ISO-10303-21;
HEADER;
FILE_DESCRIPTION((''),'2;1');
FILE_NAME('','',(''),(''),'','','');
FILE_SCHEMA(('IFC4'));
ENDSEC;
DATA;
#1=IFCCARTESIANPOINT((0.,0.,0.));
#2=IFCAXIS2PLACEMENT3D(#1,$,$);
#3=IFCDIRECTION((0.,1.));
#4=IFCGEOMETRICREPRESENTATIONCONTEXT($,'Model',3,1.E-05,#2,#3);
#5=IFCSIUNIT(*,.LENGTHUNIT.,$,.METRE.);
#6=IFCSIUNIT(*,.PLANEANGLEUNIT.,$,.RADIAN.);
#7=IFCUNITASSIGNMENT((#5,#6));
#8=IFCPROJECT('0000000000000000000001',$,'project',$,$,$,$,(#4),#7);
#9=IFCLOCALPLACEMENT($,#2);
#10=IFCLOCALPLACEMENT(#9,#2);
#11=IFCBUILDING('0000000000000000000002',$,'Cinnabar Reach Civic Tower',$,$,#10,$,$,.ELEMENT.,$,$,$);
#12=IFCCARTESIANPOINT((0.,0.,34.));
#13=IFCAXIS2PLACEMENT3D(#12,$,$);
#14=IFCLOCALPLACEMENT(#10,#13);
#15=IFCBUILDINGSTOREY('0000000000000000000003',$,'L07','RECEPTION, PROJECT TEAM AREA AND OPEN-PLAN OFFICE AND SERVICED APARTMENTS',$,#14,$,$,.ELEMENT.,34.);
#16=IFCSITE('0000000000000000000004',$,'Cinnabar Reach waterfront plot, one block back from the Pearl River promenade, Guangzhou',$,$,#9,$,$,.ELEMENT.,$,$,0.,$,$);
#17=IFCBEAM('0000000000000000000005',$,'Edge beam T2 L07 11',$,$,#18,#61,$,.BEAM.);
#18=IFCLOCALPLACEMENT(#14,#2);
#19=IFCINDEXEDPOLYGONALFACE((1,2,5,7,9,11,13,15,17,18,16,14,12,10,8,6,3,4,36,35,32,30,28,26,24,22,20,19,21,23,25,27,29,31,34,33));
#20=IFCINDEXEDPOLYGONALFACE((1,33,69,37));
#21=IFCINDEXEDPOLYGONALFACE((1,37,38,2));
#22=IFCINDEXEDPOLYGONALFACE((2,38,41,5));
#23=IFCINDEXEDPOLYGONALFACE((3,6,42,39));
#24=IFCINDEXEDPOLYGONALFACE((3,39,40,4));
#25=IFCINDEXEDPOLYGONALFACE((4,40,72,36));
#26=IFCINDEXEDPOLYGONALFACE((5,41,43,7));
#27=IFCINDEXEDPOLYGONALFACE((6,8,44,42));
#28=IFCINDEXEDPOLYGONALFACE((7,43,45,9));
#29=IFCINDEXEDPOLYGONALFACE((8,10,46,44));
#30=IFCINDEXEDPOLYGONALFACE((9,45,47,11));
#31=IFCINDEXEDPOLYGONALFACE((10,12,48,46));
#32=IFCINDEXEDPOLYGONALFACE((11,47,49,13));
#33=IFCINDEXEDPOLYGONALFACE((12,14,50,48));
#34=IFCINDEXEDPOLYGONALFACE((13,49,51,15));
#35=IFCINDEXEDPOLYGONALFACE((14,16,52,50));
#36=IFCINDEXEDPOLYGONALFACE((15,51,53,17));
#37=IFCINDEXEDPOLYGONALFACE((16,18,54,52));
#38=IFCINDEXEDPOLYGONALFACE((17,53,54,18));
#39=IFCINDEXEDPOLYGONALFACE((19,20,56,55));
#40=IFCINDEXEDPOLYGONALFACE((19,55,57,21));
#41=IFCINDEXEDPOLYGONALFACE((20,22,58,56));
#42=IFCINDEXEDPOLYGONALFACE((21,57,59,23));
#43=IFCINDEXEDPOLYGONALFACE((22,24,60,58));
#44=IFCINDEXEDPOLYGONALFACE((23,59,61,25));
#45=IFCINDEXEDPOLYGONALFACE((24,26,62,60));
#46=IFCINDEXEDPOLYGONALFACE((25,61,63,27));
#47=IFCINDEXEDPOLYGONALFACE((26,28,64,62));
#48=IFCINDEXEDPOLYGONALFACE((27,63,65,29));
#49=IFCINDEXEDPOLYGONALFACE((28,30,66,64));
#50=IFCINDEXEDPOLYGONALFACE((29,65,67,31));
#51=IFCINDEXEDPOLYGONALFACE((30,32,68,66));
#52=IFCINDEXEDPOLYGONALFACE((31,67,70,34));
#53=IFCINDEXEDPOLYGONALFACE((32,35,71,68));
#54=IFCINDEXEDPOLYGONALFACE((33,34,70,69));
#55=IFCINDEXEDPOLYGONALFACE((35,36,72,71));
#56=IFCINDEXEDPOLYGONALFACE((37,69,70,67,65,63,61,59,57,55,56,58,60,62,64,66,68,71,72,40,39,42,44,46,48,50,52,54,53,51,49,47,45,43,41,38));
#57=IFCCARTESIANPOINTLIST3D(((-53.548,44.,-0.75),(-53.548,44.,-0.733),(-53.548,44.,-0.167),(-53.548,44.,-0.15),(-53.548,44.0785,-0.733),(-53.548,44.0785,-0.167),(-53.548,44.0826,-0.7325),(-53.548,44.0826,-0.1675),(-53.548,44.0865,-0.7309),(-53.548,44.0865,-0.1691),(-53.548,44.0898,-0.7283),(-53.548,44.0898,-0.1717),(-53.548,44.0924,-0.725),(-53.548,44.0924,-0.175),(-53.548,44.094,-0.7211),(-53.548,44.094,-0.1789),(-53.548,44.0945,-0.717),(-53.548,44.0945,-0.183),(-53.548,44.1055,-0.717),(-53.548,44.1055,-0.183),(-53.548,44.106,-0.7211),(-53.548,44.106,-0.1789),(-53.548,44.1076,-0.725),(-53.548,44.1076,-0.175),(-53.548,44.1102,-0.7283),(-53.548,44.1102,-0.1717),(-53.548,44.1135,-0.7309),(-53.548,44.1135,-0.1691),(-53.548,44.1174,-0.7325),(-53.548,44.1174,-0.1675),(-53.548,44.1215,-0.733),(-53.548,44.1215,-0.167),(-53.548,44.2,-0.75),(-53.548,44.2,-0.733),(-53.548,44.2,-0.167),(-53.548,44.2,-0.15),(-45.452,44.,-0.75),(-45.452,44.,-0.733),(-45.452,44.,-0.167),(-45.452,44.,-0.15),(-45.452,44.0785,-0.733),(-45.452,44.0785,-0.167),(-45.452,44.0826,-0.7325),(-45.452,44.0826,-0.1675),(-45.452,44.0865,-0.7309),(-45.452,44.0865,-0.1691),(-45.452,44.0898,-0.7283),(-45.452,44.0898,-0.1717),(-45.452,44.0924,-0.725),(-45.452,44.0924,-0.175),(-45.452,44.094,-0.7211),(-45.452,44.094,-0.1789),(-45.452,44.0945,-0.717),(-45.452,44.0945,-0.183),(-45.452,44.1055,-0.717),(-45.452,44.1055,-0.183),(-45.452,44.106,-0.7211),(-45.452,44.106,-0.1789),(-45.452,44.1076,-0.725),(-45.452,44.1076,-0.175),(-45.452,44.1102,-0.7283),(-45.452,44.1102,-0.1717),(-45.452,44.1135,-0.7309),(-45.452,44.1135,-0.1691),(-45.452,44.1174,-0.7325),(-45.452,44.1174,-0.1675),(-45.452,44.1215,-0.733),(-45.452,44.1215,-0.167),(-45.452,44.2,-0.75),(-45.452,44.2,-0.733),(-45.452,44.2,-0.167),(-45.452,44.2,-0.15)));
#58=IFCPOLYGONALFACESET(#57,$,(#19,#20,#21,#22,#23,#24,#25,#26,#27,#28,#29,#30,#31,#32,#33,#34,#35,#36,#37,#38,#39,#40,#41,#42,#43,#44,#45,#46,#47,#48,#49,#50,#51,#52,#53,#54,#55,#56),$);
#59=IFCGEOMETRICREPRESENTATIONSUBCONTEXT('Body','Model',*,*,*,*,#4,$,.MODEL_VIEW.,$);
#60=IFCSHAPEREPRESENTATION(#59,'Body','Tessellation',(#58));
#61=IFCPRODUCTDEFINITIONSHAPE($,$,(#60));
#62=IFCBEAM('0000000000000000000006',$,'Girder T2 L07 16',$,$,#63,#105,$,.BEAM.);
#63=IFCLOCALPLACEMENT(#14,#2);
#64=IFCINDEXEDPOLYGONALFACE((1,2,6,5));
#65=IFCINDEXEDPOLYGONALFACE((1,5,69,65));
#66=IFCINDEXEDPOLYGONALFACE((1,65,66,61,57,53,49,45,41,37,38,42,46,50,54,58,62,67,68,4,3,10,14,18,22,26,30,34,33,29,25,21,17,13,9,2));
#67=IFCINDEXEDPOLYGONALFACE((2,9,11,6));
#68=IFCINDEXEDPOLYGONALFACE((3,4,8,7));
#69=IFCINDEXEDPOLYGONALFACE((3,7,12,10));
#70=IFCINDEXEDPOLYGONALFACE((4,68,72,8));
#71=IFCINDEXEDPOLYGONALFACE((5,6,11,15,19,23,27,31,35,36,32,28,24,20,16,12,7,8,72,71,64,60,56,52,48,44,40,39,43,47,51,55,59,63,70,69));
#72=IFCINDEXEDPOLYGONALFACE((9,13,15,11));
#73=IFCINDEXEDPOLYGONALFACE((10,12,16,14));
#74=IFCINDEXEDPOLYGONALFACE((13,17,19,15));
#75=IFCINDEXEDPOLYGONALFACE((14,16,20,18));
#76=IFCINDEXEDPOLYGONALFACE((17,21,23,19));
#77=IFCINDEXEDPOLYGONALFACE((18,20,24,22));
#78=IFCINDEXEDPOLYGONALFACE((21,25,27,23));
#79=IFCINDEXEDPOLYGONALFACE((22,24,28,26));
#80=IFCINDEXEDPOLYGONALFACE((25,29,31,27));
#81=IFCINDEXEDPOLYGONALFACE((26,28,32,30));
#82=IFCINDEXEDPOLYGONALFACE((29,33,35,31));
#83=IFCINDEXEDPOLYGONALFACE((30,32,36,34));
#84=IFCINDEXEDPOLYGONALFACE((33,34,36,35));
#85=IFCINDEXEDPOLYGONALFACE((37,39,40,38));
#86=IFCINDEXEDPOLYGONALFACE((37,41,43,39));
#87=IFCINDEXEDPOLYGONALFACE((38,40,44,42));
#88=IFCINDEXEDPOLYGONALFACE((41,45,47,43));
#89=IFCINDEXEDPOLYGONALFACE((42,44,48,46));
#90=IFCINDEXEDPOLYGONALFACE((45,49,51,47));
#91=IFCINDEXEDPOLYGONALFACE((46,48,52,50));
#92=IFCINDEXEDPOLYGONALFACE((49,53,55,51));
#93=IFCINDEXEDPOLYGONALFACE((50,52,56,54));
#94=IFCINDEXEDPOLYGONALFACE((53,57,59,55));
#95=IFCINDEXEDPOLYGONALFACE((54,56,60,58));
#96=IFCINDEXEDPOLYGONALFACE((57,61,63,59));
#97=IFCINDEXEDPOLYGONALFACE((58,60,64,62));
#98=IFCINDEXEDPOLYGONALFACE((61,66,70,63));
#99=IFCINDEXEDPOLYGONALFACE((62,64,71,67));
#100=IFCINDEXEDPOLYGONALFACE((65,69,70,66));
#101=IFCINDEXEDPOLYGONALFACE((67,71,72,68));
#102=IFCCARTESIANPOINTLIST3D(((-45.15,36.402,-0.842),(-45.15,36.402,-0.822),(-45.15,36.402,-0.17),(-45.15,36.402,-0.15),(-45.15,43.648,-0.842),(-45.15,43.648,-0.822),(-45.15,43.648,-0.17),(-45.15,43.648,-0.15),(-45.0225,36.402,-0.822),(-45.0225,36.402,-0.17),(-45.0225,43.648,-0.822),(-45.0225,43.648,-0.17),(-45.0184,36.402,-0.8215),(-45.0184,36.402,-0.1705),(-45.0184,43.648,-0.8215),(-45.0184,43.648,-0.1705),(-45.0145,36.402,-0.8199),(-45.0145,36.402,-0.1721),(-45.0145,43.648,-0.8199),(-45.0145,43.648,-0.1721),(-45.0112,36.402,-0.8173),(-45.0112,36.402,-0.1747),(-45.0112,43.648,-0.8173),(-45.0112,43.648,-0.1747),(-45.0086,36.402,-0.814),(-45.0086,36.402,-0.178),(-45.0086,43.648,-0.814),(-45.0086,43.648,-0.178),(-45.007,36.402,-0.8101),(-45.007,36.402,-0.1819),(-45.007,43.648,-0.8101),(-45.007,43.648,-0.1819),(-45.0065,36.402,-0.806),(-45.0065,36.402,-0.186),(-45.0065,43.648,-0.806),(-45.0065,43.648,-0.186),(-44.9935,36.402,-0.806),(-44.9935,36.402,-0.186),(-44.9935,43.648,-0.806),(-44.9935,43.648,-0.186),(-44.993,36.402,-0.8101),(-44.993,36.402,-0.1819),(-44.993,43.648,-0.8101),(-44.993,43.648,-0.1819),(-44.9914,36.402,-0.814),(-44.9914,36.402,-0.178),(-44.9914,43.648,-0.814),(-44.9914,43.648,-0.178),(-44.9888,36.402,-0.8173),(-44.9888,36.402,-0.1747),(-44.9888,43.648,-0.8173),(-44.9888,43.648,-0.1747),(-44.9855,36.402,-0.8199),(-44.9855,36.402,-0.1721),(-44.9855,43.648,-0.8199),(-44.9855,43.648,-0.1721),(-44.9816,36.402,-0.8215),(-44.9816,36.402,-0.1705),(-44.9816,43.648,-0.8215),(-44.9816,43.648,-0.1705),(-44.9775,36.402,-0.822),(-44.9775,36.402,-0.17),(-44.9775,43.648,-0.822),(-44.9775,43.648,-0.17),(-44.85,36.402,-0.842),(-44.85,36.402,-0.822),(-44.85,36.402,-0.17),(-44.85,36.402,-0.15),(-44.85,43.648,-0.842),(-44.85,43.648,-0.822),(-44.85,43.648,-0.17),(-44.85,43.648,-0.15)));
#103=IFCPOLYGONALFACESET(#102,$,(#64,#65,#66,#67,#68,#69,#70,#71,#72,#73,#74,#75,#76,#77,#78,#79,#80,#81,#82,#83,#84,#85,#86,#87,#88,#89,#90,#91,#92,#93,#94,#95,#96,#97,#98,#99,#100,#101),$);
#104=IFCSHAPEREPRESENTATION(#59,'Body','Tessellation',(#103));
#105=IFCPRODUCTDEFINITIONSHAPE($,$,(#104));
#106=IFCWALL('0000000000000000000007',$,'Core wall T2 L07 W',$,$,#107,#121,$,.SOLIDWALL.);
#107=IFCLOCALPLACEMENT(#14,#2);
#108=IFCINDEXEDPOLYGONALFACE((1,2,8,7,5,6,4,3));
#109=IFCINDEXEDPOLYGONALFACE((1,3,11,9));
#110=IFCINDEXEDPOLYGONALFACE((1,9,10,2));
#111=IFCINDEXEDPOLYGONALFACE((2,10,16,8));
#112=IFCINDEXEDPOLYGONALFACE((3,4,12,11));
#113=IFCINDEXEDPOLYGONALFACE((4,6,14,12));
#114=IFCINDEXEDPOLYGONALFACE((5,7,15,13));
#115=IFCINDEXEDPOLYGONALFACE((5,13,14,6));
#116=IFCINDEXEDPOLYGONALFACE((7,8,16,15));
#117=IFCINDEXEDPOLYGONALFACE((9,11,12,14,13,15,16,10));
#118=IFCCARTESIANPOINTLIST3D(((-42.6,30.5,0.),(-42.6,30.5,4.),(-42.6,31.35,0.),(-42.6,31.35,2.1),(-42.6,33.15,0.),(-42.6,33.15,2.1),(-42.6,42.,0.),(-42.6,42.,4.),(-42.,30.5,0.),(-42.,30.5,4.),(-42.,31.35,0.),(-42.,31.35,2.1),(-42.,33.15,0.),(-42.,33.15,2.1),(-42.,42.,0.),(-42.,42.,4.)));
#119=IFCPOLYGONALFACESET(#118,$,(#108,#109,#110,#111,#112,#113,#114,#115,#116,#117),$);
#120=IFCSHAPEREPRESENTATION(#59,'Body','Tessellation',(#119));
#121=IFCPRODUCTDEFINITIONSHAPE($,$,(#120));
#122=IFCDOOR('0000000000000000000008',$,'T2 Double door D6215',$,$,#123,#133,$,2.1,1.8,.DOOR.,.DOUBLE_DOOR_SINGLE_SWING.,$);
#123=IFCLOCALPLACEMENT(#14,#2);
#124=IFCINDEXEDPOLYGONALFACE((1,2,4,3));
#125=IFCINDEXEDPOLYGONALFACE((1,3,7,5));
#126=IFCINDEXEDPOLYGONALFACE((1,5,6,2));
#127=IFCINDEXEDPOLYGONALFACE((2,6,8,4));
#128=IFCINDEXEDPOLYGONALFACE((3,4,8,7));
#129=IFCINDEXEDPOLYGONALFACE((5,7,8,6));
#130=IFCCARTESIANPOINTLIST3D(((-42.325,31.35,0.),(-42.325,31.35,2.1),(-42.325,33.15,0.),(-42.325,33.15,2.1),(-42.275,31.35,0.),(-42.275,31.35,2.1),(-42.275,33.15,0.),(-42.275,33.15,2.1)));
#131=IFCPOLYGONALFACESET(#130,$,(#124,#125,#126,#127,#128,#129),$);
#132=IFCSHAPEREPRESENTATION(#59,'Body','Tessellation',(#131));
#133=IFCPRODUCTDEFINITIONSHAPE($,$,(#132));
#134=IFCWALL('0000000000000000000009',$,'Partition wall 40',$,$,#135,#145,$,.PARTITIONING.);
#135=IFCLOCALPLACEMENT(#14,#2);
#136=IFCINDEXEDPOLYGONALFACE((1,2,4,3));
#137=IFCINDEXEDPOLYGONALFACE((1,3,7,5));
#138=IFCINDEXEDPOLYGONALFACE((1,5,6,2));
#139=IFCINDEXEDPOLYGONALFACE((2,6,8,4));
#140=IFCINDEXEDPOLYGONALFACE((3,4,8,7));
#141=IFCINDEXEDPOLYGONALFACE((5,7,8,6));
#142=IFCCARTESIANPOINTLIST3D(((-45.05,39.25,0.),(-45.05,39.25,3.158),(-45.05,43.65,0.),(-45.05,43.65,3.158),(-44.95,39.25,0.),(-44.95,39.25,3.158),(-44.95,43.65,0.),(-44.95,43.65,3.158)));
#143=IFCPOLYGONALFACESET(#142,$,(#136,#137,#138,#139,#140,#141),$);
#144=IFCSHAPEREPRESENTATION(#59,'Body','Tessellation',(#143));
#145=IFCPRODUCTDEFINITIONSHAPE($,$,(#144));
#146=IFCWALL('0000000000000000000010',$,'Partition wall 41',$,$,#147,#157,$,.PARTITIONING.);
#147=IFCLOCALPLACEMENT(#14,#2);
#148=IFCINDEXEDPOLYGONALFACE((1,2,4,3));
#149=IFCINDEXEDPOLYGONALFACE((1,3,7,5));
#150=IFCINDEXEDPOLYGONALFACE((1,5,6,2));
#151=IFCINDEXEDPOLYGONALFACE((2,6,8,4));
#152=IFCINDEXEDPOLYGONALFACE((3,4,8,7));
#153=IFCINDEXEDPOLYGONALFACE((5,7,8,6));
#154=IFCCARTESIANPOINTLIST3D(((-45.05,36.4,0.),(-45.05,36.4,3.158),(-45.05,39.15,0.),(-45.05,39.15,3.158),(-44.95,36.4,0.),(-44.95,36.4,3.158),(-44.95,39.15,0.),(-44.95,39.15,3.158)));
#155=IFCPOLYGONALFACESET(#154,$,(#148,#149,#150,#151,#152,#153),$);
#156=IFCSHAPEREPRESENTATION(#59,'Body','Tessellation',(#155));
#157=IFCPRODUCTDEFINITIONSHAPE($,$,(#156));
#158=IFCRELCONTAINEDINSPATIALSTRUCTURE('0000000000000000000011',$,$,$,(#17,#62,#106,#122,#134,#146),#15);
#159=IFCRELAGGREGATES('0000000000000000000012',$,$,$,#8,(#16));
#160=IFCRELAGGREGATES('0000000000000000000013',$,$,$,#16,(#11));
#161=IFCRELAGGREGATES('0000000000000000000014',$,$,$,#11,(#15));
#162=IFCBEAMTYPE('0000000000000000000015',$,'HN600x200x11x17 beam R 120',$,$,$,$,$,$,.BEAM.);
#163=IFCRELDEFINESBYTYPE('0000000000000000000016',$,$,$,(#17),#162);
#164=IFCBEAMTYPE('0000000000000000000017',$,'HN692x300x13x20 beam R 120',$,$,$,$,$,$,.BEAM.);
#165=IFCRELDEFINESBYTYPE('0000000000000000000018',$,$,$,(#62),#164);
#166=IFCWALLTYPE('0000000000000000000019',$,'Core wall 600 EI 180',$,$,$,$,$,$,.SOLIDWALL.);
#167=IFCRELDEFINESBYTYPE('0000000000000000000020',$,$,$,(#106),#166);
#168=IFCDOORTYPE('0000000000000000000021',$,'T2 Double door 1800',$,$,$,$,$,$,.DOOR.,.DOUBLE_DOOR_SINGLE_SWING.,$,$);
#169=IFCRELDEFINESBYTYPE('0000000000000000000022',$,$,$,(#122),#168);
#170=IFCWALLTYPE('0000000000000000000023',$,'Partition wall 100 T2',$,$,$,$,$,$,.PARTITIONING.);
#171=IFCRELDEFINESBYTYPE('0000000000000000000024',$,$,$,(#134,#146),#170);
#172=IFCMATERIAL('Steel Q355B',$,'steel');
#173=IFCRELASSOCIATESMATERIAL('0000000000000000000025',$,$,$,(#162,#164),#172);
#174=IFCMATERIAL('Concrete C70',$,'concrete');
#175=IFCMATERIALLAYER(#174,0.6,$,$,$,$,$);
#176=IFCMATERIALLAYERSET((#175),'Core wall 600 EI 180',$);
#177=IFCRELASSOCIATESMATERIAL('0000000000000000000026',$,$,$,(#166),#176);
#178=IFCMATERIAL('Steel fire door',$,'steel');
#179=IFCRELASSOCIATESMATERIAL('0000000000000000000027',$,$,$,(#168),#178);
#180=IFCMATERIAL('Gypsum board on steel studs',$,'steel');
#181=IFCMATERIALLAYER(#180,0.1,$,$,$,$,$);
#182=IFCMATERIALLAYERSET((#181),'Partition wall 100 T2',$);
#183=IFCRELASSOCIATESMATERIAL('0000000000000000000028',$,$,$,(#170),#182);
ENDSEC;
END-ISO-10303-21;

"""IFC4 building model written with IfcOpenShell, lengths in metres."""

from ifc_helpers import new_model, si_unit, direction, frame, frame_2d, origin, origin_2d, place, context, subcontext, project, spatial, rectangle, i_section, extrude, material, layer, layer_set, material_profile, profile_set, type_object, element, fill, save


model = new_model("IFC4")

# Units and contexts
model_context = context("Model", 3, precision=1e-05, world=origin(), true_north=direction((0.0, 1.0)))
body_context = subcontext(model_context, "Body", "Model", "MODEL_VIEW")
ifc_project = project(units=[si_unit("LENGTHUNIT", "METRE"), si_unit("PLANEANGLEUNIT", "RADIAN")], contexts=[model_context])

# Site, building, storey
site_placement = place(None, origin())
site = spatial("IfcSite", under=ifc_project, at=site_placement, Name="Cinnabar Reach waterfront plot, one block back from the Pearl River promenade, Guangzhou", CompositionType="ELEMENT", RefElevation=0.0)
building_placement = place(site_placement, origin())
building = spatial("IfcBuilding", under=site, at=building_placement, Name="Cinnabar Reach Civic Tower", CompositionType="ELEMENT")
storey_placement = place(building_placement, frame((0.0, 0.0, 34.0)))
storey = spatial("IfcBuildingStorey", under=building, at=storey_placement, Name="L07", Description="RECEPTION, PROJECT TEAM AREA AND OPEN-PLAN OFFICE AND SERVICED APARTMENTS", CompositionType="ELEMENT", Elevation=34.0)

# Shared definitions
ifc_material_1 = material(Name="Concrete C70", Category="concrete")

# Beams
ifc_material_2 = material(Name="Steel Q355B", Category="steel")
ifc_material_profile_1 = material_profile(ifc_material_2, i_section(OverallWidth=0.2, OverallDepth=0.6, WebThickness=0.011, FlangeThickness=0.017, FilletRadius=0.016, at=origin_2d()), Name="HN600x200x11x17")
ifc_profile_set_1 = profile_set([ifc_material_profile_1], Name="Steel Q355B")
beam_type_1 = type_object("IfcBeamType", Name="HN600x200x11x17 beam R 120", PredefinedType="BEAM", material=ifc_profile_set_1)
for number, where, z_axis, x_axis, name in (
    (1, (-45.452, 44.1, -0.45), (-1.0, 0.0, 0.0), (0.0, -1.0, 0.0), "Edge beam T2 L07 11"),
):
    element("IfcBeam", number, at=place(storey_placement, frame(where, z_axis=z_axis, x_axis=x_axis)), inside=storey, type_object=beam_type_1, Name=name, PredefinedType="BEAM", context=body_context, shape_type="SweptSolid", body=[
        extrude(i_section(OverallWidth=0.2, OverallDepth=0.6, WebThickness=0.011, FlangeThickness=0.017, FilletRadius=0.016, at=origin_2d()), origin(), (0.0, 0.0, 1.0), 8.096),
    ])
ifc_material_profile_2 = material_profile(ifc_material_2, i_section(OverallWidth=0.3, OverallDepth=0.692, WebThickness=0.013, FlangeThickness=0.02, FilletRadius=0.016, at=origin_2d()), Name="HN692x300x13x20")
ifc_profile_set_2 = profile_set([ifc_material_profile_2], Name="Steel Q355B")
beam_type_2 = type_object("IfcBeamType", Name="HN692x300x13x20 beam R 120", PredefinedType="BEAM", material=ifc_profile_set_2)
beam_1_placement = place(storey_placement, frame((-45.0, 36.402, -0.496), z_axis=(0.0, 1.0, 0.0), x_axis=(-1.0, 0.0, 0.0)))
element("IfcBeam", 2, at=beam_1_placement, inside=storey, type_object=beam_type_2, Name="Girder T2 L07 16", PredefinedType="BEAM", context=body_context, shape_type="SweptSolid", body=[
    extrude(i_section(OverallWidth=0.3, OverallDepth=0.692, WebThickness=0.013, FlangeThickness=0.02, FilletRadius=0.016, at=origin_2d()), origin(), (0.0, 0.0, 1.0), 7.246),
])

# Wall, opening, door
ifc_layer_1 = layer(ifc_material_1, 0.6)
ifc_layer_set_1 = layer_set([ifc_layer_1], Name="Core wall 600 EI 180")
wall_type_1 = type_object("IfcWallType", Name="Core wall 600 EI 180", PredefinedType="SOLIDWALL", material=ifc_layer_set_1)
wall_1_placement = place(storey_placement, frame((-42.3, 42.0, 0.0), z_axis=(0.0, 0.0, 1.0), x_axis=(0.0, -1.0, 0.0)))
wall_1 = element("IfcWall", 3, at=wall_1_placement, inside=storey, type_object=wall_type_1, Name="Core wall T2 L07 W", PredefinedType="SOLIDWALL", context=body_context, shape_type="SweptSolid", body=[
    extrude(rectangle(XDim=11.5, YDim=0.6, at=frame_2d((5.75, 0.0))), origin(), (0.0, 0.0, 1.0), 4.0),
])
opening_1_placement = place(wall_1_placement, frame((8.85, 0.0, 0.0)))
opening_1 = element("IfcOpeningElement", 4, at=opening_1_placement, cuts=wall_1, PredefinedType="OPENING", context=body_context, shape_type="SweptSolid", body=[
    extrude(rectangle(XDim=1.8, YDim=2.1, at=frame_2d((0.9, 1.05))), frame((0.0, 0.31, 0.0), z_axis=(0.0, -1.0, 0.0), x_axis=(1.0, 0.0, 0.0)), (0.0, 0.0, 1.0), 0.62),
])
ifc_material_3 = material(Name="Steel fire door", Category="steel")
door_type_1 = type_object("IfcDoorType", Name="T2 Double door 1800", OperationType="DOUBLE_DOOR_SINGLE_SWING", PredefinedType="DOOR", material=ifc_material_3)
door_1_placement = place(opening_1_placement, frame((1.8, 0.0, 0.0), z_axis=(0.0, 0.0, 1.0), x_axis=(-1.0, 0.0, 0.0)))
door_1 = element("IfcDoor", 5, at=door_1_placement, inside=storey, type_object=door_type_1, Name="T2 Double door D6215", OperationType="DOUBLE_DOOR_SINGLE_SWING", OverallHeight=2.1, OverallWidth=1.8, PredefinedType="DOOR", context=body_context, shape_type="SweptSolid", body=[
    extrude(rectangle(XDim=1.8, YDim=2.1, at=frame_2d((0.9, 1.05))), frame((0.0, 0.025, 0.0), z_axis=(0.0, -1.0, 0.0), x_axis=(1.0, 0.0, 0.0)), (0.0, 0.0, 1.0), 0.05),
])
fill(opening_1, door_1)

# Walls
ifc_material_4 = material(Name="Gypsum board on steel studs", Category="steel")
ifc_layer_2 = layer(ifc_material_4, 0.1)
ifc_layer_set_2 = layer_set([ifc_layer_2], Name="Partition wall 100 T2")
wall_type_2 = type_object("IfcWallType", Name="Partition wall 100 T2", PredefinedType="PARTITIONING", material=ifc_layer_set_2)
wall_2_placement = place(storey_placement, frame((-45.0, 39.25, 0.0), z_axis=(0.0, 0.0, 1.0), x_axis=(0.0, 1.0, 0.0)))
element("IfcWall", 6, at=wall_2_placement, inside=storey, type_object=wall_type_2, Name="Partition wall 40", PredefinedType="PARTITIONING", context=body_context, shape_type="SweptSolid", body=[
    extrude(rectangle(XDim=4.4, YDim=0.1, at=frame_2d((2.2, 0.0))), origin(), (0.0, 0.0, 1.0), 3.158),
])
wall_3_placement = place(storey_placement, frame((-45.0, 36.4, 0.0), z_axis=(0.0, 0.0, 1.0), x_axis=(0.0, 1.0, 0.0)))
element("IfcWall", 7, at=wall_3_placement, inside=storey, type_object=wall_type_2, Name="Partition wall 41", PredefinedType="PARTITIONING", context=body_context, shape_type="SweptSolid", body=[
    extrude(rectangle(XDim=2.75, YDim=0.1, at=frame_2d((1.375, 0.0))), origin(), (0.0, 0.0, 1.0), 3.158),
])

save(model, "model.ifc")
